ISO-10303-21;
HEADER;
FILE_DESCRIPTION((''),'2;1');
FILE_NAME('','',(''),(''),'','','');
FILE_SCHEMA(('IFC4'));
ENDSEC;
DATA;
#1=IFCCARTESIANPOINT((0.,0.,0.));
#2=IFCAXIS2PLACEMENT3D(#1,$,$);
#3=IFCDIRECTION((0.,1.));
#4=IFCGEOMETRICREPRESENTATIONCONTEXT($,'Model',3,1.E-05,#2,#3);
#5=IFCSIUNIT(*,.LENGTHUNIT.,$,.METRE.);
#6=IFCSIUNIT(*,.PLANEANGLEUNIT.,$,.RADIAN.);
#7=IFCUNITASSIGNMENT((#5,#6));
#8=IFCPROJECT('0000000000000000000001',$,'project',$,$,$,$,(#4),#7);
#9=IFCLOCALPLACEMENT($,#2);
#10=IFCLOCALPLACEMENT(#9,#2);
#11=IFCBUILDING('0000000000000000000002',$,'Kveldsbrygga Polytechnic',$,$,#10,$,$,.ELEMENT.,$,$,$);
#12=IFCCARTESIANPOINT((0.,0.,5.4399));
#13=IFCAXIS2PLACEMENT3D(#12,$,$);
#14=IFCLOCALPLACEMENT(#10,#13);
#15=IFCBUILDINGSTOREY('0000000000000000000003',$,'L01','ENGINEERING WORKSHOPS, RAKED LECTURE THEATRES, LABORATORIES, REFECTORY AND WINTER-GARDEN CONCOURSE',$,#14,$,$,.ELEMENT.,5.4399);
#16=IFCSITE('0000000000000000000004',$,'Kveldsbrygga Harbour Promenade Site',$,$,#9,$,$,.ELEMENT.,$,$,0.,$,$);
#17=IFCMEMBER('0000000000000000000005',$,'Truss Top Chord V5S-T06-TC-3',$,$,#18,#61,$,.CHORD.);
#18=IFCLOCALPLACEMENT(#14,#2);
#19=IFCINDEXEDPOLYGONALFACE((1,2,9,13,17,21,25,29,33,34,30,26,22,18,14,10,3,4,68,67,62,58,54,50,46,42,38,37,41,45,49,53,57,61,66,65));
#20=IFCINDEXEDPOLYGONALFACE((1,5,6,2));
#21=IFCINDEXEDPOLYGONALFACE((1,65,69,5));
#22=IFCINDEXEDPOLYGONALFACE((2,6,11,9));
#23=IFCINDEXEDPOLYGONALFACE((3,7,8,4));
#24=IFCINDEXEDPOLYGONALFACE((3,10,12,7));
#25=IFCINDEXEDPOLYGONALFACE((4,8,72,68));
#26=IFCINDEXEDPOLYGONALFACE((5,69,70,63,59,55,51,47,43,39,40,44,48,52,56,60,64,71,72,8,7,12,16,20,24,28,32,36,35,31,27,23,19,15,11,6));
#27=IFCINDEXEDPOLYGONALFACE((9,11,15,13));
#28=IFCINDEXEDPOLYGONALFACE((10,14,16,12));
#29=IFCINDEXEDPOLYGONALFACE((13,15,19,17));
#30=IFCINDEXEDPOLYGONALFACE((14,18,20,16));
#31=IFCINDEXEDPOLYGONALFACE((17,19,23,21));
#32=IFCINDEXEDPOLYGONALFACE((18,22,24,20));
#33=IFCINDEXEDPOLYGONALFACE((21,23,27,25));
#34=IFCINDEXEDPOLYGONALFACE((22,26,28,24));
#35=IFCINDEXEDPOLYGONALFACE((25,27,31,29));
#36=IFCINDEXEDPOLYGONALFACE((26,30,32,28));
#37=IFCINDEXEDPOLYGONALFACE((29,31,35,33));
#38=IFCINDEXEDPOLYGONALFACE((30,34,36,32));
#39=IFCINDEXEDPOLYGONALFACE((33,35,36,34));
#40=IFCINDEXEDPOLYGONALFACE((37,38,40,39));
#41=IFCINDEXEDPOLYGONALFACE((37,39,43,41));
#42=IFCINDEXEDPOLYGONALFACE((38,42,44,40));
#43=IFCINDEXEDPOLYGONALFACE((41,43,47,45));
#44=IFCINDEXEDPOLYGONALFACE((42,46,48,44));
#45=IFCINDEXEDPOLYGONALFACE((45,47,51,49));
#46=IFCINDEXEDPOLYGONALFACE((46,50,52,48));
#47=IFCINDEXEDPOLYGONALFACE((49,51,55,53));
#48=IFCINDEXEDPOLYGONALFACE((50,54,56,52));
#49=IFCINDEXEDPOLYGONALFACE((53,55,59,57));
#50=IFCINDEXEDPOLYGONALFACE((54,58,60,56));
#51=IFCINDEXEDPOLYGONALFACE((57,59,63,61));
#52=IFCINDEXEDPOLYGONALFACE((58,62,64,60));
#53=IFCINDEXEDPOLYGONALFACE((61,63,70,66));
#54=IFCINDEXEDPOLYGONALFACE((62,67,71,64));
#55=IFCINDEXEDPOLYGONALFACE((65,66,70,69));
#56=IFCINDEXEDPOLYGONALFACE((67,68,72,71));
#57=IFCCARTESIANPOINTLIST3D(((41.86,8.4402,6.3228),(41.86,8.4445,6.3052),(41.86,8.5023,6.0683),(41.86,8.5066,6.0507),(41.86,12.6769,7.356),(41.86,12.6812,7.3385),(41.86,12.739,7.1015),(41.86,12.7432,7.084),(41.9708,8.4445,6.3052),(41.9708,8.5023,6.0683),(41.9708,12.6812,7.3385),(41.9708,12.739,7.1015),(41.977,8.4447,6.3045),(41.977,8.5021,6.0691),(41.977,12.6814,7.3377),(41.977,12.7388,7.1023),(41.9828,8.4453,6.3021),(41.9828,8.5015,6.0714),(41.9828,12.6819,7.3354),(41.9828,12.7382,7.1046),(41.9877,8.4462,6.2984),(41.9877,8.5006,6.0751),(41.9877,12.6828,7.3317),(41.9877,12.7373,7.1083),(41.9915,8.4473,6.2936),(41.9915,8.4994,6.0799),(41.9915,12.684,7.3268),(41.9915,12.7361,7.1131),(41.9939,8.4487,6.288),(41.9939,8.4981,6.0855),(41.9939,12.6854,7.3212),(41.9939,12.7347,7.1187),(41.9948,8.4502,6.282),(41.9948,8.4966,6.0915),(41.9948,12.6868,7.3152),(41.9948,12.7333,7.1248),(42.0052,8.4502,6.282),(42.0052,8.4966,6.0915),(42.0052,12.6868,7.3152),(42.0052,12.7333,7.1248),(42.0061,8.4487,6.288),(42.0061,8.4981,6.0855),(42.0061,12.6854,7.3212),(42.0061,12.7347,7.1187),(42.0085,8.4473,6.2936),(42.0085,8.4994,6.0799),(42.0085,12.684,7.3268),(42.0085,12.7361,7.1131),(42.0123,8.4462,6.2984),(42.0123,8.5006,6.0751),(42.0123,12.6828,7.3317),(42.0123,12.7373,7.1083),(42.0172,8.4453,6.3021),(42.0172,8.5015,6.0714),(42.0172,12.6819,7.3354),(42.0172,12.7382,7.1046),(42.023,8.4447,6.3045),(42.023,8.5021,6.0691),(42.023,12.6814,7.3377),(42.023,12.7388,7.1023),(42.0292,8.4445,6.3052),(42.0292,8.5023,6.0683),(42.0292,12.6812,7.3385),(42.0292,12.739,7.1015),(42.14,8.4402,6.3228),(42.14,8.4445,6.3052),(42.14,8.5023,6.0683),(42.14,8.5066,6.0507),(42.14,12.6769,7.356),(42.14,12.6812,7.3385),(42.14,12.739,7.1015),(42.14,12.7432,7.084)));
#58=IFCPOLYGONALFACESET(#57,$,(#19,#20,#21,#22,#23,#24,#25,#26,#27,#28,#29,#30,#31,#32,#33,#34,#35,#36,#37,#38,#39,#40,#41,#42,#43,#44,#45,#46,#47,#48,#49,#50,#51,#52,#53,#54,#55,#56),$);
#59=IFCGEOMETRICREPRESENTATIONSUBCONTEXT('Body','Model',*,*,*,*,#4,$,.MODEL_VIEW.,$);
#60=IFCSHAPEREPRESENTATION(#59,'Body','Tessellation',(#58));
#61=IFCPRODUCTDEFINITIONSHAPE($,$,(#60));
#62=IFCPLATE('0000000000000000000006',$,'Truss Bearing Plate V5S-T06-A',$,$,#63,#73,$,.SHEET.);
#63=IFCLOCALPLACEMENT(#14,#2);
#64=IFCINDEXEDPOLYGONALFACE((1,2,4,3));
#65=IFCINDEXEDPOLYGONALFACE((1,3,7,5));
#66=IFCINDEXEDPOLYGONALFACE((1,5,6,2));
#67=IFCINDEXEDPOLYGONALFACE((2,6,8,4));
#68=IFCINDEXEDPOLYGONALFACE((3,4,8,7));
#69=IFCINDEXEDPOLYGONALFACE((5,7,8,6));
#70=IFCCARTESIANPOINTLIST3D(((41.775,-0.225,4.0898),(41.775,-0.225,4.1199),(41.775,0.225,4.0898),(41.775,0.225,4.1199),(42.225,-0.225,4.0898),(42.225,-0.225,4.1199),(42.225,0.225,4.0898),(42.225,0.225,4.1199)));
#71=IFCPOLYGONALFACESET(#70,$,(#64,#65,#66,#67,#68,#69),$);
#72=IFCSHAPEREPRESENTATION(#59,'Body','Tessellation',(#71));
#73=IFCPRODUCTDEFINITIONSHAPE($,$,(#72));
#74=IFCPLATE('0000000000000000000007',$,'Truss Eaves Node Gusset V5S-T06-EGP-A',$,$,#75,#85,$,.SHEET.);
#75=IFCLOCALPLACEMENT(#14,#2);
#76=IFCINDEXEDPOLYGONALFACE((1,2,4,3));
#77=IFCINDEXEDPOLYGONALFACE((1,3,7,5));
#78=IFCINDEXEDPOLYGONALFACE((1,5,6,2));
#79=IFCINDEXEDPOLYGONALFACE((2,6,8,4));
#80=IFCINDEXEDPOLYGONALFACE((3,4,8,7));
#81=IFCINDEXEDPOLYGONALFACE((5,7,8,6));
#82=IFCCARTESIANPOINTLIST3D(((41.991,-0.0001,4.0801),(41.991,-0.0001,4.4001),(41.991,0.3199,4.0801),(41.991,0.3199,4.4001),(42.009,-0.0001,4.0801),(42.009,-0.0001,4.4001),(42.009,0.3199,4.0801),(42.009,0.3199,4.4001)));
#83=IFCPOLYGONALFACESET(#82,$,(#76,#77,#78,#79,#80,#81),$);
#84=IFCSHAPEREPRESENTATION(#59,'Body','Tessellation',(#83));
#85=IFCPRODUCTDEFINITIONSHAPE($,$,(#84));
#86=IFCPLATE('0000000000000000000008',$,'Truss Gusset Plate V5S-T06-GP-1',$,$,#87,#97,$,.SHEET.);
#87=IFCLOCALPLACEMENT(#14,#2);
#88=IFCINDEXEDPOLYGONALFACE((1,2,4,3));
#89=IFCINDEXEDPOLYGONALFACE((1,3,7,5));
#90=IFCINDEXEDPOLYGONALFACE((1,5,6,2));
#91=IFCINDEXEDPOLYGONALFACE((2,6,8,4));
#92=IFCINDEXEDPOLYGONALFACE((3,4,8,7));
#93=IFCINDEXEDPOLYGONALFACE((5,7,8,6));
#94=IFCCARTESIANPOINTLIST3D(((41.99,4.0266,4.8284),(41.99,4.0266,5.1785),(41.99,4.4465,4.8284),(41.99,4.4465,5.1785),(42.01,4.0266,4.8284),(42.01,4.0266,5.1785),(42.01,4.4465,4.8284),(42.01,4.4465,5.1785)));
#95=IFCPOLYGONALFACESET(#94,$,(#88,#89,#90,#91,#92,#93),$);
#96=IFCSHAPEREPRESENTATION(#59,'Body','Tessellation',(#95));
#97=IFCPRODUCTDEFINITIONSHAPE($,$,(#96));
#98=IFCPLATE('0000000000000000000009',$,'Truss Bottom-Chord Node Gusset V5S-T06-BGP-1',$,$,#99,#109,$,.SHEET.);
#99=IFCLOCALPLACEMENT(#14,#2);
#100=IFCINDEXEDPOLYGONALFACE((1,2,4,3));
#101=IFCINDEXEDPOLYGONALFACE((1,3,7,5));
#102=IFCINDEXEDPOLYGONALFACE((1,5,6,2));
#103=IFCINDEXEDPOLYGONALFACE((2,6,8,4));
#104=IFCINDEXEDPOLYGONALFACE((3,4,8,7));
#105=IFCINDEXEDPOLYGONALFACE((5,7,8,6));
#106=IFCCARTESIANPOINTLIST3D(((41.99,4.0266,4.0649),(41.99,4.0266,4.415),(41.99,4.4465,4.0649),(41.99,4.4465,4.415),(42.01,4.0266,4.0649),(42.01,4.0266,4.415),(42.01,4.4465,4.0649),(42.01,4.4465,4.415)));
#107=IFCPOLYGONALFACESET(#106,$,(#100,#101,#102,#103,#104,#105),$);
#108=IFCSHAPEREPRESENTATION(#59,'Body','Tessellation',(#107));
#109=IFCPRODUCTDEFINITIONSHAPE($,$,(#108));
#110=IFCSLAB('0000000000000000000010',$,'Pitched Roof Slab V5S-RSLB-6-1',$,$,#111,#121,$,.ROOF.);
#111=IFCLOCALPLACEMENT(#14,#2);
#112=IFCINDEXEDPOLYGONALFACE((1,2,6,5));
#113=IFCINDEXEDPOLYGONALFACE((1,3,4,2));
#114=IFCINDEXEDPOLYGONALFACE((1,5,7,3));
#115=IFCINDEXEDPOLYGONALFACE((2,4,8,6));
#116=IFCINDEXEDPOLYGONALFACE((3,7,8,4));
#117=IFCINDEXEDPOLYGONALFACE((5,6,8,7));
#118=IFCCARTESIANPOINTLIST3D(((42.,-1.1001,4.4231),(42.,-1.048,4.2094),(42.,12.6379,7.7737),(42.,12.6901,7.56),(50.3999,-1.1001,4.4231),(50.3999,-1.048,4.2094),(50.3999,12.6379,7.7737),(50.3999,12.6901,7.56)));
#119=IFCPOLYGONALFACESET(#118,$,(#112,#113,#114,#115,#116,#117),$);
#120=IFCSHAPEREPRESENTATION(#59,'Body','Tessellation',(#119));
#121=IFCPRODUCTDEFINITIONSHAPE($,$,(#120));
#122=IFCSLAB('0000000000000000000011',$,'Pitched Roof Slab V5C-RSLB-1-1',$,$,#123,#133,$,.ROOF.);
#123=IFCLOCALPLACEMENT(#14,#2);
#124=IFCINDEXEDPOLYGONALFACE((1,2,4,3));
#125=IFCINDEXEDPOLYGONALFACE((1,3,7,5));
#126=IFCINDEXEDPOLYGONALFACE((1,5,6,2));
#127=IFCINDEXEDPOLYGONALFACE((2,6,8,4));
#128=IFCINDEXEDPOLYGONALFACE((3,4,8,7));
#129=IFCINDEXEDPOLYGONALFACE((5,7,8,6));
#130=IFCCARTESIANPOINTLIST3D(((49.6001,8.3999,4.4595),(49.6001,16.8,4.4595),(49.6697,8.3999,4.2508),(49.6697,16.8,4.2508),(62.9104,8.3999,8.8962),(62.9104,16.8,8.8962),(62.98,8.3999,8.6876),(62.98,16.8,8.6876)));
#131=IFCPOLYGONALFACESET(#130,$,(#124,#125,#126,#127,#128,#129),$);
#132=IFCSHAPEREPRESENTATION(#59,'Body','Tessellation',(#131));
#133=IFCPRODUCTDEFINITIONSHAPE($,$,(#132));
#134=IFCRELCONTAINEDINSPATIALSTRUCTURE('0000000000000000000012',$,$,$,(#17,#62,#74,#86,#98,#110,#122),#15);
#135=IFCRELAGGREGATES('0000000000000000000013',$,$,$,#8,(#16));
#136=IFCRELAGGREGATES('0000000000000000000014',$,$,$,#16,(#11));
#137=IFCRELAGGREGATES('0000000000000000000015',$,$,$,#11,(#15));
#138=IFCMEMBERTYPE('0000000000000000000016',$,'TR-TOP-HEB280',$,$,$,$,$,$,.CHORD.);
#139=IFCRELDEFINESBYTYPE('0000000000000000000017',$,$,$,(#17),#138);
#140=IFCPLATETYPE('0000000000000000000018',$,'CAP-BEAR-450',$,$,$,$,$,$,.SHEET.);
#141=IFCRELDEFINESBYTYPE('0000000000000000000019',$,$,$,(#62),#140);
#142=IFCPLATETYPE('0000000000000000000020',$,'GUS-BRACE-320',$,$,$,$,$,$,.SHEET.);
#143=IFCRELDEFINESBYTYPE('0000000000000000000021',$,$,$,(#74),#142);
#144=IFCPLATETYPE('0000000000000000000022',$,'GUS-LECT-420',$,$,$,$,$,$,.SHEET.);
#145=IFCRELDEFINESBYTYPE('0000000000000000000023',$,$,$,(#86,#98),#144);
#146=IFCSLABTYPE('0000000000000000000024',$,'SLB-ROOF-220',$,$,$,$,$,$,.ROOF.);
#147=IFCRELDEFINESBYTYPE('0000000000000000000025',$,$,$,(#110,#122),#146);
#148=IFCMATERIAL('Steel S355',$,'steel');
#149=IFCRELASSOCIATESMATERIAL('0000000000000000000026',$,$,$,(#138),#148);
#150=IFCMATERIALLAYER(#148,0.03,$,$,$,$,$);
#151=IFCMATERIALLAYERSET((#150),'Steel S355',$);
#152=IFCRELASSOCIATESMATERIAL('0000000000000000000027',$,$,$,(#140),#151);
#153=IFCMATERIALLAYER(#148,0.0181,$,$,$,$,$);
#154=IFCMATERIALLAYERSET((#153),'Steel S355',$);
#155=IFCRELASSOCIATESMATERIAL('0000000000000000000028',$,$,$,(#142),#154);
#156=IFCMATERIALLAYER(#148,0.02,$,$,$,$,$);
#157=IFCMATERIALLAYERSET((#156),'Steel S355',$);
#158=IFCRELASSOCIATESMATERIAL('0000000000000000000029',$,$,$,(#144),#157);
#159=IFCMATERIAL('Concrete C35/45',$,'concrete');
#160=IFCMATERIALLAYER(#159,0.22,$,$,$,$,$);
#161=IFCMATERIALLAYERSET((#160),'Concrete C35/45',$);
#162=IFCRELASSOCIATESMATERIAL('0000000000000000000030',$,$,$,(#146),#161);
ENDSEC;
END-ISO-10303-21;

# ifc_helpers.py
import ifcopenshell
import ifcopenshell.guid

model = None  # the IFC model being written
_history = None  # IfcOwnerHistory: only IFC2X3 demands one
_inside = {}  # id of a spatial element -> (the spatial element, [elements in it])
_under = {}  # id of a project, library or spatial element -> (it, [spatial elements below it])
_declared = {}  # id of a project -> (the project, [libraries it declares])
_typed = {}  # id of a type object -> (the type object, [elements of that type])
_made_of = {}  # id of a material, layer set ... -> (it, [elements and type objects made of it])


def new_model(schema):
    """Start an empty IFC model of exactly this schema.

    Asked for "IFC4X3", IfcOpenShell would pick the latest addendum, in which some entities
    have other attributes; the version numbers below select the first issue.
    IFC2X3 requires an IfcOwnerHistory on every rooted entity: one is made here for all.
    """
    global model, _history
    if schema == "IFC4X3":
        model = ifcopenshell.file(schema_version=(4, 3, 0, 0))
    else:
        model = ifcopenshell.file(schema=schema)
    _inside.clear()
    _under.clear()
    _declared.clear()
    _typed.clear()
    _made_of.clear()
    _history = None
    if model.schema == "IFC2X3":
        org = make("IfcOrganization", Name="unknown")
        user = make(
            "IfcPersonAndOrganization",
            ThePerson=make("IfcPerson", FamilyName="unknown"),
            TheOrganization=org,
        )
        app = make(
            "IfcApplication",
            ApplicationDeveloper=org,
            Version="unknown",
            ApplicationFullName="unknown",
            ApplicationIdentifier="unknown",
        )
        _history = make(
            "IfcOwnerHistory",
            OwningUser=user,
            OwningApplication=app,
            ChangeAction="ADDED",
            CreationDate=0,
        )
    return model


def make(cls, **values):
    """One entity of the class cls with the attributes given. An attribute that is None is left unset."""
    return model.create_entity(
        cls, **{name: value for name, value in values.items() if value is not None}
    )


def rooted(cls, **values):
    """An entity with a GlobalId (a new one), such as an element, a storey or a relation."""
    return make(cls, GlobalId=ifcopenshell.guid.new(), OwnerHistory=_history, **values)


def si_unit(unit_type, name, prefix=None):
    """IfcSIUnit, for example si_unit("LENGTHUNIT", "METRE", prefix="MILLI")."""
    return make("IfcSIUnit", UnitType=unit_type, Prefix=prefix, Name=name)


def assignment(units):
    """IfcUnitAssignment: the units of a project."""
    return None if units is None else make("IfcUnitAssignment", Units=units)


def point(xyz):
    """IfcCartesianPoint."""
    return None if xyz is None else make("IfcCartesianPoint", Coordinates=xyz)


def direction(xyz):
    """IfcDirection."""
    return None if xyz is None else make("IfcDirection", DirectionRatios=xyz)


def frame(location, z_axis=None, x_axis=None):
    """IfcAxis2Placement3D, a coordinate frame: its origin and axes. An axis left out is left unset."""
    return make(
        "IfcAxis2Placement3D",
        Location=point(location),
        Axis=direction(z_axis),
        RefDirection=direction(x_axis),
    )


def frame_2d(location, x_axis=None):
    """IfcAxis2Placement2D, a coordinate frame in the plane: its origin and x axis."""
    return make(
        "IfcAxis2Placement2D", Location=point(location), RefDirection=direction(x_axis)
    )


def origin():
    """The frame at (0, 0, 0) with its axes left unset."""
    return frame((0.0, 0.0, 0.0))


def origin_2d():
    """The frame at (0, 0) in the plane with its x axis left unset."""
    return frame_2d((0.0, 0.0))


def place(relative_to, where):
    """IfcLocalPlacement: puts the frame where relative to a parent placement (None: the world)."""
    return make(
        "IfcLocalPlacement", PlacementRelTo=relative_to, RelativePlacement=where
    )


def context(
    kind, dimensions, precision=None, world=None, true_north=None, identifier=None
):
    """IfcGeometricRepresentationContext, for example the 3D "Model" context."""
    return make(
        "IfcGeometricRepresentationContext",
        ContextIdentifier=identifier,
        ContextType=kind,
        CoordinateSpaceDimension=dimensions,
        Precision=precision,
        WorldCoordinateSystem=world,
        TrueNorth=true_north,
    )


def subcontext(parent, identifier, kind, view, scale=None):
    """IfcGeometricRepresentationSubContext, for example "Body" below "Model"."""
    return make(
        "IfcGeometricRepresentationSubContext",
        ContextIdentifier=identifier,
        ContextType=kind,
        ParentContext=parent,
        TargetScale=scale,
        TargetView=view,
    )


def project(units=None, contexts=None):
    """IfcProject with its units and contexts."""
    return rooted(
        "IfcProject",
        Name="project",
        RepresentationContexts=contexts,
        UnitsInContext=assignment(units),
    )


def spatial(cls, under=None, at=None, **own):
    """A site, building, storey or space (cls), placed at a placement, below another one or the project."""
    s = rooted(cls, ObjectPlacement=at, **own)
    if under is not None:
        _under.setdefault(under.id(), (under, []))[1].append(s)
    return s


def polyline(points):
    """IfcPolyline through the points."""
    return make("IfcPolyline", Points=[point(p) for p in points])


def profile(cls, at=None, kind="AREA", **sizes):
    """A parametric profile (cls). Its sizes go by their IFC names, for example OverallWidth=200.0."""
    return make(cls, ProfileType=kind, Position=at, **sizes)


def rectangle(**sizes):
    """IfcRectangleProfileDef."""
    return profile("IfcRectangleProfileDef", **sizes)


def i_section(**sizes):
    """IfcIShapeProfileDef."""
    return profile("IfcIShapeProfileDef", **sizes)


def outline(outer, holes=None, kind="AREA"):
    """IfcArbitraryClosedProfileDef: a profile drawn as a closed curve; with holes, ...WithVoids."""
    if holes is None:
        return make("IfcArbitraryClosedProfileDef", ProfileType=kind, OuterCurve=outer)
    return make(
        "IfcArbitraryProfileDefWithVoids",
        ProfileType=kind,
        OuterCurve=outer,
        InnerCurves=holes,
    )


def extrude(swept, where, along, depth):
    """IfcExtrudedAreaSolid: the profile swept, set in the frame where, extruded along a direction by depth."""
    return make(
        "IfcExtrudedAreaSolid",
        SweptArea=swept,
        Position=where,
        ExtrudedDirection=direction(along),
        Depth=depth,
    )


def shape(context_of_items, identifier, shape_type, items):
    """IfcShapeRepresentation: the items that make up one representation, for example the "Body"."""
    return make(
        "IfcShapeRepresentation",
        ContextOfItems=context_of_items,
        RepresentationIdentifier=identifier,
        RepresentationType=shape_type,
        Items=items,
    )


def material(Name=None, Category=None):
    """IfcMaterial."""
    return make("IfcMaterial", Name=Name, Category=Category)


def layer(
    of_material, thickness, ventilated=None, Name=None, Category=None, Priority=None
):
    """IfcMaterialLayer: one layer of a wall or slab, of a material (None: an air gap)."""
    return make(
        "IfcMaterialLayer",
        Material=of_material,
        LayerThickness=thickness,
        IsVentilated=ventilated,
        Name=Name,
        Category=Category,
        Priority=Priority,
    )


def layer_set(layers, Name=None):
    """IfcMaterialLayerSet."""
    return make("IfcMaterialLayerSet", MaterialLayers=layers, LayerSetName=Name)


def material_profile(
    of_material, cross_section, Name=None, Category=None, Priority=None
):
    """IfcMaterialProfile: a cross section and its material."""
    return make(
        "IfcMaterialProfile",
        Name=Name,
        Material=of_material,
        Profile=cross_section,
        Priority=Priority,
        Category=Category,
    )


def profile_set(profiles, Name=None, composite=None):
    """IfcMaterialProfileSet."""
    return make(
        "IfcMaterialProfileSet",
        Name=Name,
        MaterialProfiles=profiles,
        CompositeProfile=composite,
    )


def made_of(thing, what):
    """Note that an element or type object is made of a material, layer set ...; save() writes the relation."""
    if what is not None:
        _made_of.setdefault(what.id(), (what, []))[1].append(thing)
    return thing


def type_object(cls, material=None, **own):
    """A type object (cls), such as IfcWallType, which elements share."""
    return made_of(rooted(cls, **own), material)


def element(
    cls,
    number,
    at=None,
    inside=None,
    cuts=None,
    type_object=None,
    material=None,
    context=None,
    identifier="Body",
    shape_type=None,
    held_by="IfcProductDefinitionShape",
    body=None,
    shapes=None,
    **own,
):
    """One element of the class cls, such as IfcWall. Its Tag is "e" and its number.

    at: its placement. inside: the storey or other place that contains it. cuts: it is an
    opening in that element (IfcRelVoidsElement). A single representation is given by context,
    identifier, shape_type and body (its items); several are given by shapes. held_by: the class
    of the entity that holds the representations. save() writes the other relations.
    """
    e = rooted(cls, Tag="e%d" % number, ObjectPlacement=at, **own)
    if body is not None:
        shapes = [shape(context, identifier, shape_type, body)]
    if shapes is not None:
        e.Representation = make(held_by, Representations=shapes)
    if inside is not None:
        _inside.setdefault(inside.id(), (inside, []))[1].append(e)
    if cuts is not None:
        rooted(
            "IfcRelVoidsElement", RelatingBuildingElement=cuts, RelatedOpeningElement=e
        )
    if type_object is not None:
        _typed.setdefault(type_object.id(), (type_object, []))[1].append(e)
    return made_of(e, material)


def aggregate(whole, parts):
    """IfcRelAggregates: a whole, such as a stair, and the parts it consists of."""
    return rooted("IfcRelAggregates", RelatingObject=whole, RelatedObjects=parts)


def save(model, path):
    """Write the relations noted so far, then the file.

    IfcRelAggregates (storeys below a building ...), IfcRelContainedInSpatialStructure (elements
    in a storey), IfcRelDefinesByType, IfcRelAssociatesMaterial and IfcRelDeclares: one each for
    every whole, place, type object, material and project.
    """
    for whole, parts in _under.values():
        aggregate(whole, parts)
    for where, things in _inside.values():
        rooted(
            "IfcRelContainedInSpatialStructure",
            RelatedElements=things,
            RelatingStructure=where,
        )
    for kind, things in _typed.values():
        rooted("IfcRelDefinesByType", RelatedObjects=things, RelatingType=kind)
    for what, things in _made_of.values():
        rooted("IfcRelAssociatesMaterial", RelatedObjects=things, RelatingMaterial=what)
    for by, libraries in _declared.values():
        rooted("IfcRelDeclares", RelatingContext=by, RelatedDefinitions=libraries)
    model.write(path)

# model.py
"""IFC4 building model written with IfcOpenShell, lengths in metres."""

from ifc_helpers import new_model, si_unit, direction, frame, origin, origin_2d, place, context, subcontext, project, spatial, polyline, rectangle, i_section, outline, extrude, material, layer, layer_set, material_profile, profile_set, type_object, element, save


model = new_model("IFC4")

# Units and contexts
model_context = context("Model", 3, precision=1e-05, world=origin(), true_north=direction((0.0, 1.0)))
body_context = subcontext(model_context, "Body", "Model", "MODEL_VIEW")
ifc_project = project(units=[si_unit("LENGTHUNIT", "METRE"), si_unit("PLANEANGLEUNIT", "RADIAN")], contexts=[model_context])

# Site, building, storey
site_placement = place(None, origin())
site = spatial("IfcSite", under=ifc_project, at=site_placement, Name="Kveldsbrygga Harbour Promenade Site", CompositionType="ELEMENT", RefElevation=0.0)
building_placement = place(site_placement, origin())
building = spatial("IfcBuilding", under=site, at=building_placement, Name="Kveldsbrygga Polytechnic", CompositionType="ELEMENT")
storey_placement = place(building_placement, frame((0.0, 0.0, 5.4399)))
storey = spatial("IfcBuildingStorey", under=building, at=storey_placement, Name="L01", Description="ENGINEERING WORKSHOPS, RAKED LECTURE THEATRES, LABORATORIES, REFECTORY AND WINTER-GARDEN CONCOURSE", CompositionType="ELEMENT", Elevation=5.4399)

# Member
ifc_material_1 = material(Name="Steel S355", Category="steel")
ifc_material_profile_1 = material_profile(ifc_material_1, i_section(OverallWidth=0.28, OverallDepth=0.28, WebThickness=0.0105, FlangeThickness=0.0181, FilletRadius=0.0239, at=origin_2d()), Name="HEB 280")
ifc_profile_set_1 = profile_set([ifc_material_profile_1], Name="Steel S355")
member_type_1 = type_object("IfcMemberType", Name="TR-TOP-HEB280", PredefinedType="CHORD", material=ifc_profile_set_1)
member_1_placement = place(storey_placement, frame((42.0, 8.4734, 6.1868), z_axis=(0.0, 0.971526, 0.236933), x_axis=(-1.0, 0.0, 0.0)))
element("IfcMember", 1, at=member_1_placement, inside=storey, type_object=member_type_1, Name="Truss Top Chord V5S-T06-TC-3", PredefinedType="CHORD", context=body_context, shape_type="SweptSolid", body=[
    extrude(i_section(OverallWidth=0.28, OverallDepth=0.28, WebThickness=0.0105, FlangeThickness=0.0181, FilletRadius=0.0239, at=origin_2d()), origin(), (0.0, 0.0, 1.0), 4.3608),
])

# Plates
ifc_layer_1 = layer(ifc_material_1, 0.03)
ifc_layer_set_1 = layer_set([ifc_layer_1], Name="Steel S355")
plate_type_1 = type_object("IfcPlateType", Name="CAP-BEAR-450", PredefinedType="SHEET", material=ifc_layer_set_1)
plate_1_placement = place(storey_placement, frame((42.0, 0.0, 4.0898), z_axis=(0.0, 0.0, 1.0), x_axis=(1.0, 0.0, 0.0)))
element("IfcPlate", 2, at=plate_1_placement, inside=storey, type_object=plate_type_1, Name="Truss Bearing Plate V5S-T06-A", PredefinedType="SHEET", context=body_context, shape_type="SweptSolid", body=[
    extrude(rectangle(XDim=0.45, YDim=0.45, at=origin_2d()), origin(), (0.0, 0.0, 1.0), 0.03),
])
ifc_layer_2 = layer(ifc_material_1, 0.0181)
ifc_layer_set_2 = layer_set([ifc_layer_2], Name="Steel S355")
plate_type_2 = type_object("IfcPlateType", Name="GUS-BRACE-320", PredefinedType="SHEET", material=ifc_layer_set_2)
plate_2_placement = place(storey_placement, frame((42.0, 0.1599, 4.0801), z_axis=(0.0, 0.0, 1.0), x_axis=(1.0, 0.0, 0.0)))
element("IfcPlate", 3, at=plate_2_placement, inside=storey, type_object=plate_type_2, Name="Truss Eaves Node Gusset V5S-T06-EGP-A", PredefinedType="SHEET", context=body_context, shape_type="SweptSolid", body=[
    extrude(rectangle(XDim=0.0181, YDim=0.3201, at=origin_2d()), origin(), (0.0, 0.0, 1.0), 0.3201),
])
ifc_layer_3 = layer(ifc_material_1, 0.02)
ifc_layer_set_3 = layer_set([ifc_layer_3], Name="Steel S355")
plate_type_3 = type_object("IfcPlateType", Name="GUS-LECT-420", PredefinedType="SHEET", material=ifc_layer_set_3)
for number, where, z_axis, x_axis, name in (
    (4, (42.0, 4.2366, 4.8284), (0.0, 0.0, 1.0), (1.0, 0.0, 0.0), "Truss Gusset Plate V5S-T06-GP-1"),
    (5, (42.0, 4.2366, 4.0649), (0.0, 0.0, 1.0), (1.0, 0.0, 0.0), "Truss Bottom-Chord Node Gusset V5S-T06-BGP-1"),
):
    element("IfcPlate", number, at=place(storey_placement, frame(where, z_axis=z_axis, x_axis=x_axis)), inside=storey, type_object=plate_type_3, Name=name, PredefinedType="SHEET", context=body_context, shape_type="SweptSolid", body=[
        extrude(rectangle(XDim=0.02, YDim=0.4199, at=origin_2d()), origin(), (0.0, 0.0, 1.0), 0.3501),
    ])

# Slabs
ifc_material_2 = material(Name="Concrete C35/45", Category="concrete")
ifc_layer_4 = layer(ifc_material_2, 0.22)
ifc_layer_set_4 = layer_set([ifc_layer_4], Name="Concrete C35/45")
slab_type = type_object("IfcSlabType", Name="SLB-ROOF-220", PredefinedType="ROOF", material=ifc_layer_set_4)
slab_1_placement = place(storey_placement, frame((42.0, -1.1001, 4.4231), z_axis=(0.0, -0.236946, 0.971523), x_axis=(1.0, 0.0, 0.0)))
element("IfcSlab", 6, at=slab_1_placement, inside=storey, type_object=slab_type, Name="Pitched Roof Slab V5S-RSLB-6-1", PredefinedType="ROOF", context=body_context, shape_type="SweptSolid", body=[
    extrude(outline(polyline([(0.0, 0.0), (8.3999, 0.0), (8.3999, 14.1407), (0.0, 14.1407), (0.0, 0.0)])), origin(), (0.0, 0.0, -1.0), 0.22),
])
slab_2_placement = place(storey_placement, frame((49.6001, 8.3999, 4.4595), z_axis=(-0.316228, 0.0, 0.948683), x_axis=(0.948683, 0.0, 0.316228)))
element("IfcSlab", 7, at=slab_2_placement, inside=storey, type_object=slab_type, Name="Pitched Roof Slab V5C-RSLB-1-1", PredefinedType="ROOF", context=body_context, shape_type="SweptSolid", body=[
    extrude(outline(polyline([(0.0, 0.0), (14.0303, 0.0), (14.0303, 8.4001), (0.0, 8.4001), (0.0, 0.0)])), origin(), (0.0, 0.0, -1.0), 0.22),
])

save(model, "model.ifc")
